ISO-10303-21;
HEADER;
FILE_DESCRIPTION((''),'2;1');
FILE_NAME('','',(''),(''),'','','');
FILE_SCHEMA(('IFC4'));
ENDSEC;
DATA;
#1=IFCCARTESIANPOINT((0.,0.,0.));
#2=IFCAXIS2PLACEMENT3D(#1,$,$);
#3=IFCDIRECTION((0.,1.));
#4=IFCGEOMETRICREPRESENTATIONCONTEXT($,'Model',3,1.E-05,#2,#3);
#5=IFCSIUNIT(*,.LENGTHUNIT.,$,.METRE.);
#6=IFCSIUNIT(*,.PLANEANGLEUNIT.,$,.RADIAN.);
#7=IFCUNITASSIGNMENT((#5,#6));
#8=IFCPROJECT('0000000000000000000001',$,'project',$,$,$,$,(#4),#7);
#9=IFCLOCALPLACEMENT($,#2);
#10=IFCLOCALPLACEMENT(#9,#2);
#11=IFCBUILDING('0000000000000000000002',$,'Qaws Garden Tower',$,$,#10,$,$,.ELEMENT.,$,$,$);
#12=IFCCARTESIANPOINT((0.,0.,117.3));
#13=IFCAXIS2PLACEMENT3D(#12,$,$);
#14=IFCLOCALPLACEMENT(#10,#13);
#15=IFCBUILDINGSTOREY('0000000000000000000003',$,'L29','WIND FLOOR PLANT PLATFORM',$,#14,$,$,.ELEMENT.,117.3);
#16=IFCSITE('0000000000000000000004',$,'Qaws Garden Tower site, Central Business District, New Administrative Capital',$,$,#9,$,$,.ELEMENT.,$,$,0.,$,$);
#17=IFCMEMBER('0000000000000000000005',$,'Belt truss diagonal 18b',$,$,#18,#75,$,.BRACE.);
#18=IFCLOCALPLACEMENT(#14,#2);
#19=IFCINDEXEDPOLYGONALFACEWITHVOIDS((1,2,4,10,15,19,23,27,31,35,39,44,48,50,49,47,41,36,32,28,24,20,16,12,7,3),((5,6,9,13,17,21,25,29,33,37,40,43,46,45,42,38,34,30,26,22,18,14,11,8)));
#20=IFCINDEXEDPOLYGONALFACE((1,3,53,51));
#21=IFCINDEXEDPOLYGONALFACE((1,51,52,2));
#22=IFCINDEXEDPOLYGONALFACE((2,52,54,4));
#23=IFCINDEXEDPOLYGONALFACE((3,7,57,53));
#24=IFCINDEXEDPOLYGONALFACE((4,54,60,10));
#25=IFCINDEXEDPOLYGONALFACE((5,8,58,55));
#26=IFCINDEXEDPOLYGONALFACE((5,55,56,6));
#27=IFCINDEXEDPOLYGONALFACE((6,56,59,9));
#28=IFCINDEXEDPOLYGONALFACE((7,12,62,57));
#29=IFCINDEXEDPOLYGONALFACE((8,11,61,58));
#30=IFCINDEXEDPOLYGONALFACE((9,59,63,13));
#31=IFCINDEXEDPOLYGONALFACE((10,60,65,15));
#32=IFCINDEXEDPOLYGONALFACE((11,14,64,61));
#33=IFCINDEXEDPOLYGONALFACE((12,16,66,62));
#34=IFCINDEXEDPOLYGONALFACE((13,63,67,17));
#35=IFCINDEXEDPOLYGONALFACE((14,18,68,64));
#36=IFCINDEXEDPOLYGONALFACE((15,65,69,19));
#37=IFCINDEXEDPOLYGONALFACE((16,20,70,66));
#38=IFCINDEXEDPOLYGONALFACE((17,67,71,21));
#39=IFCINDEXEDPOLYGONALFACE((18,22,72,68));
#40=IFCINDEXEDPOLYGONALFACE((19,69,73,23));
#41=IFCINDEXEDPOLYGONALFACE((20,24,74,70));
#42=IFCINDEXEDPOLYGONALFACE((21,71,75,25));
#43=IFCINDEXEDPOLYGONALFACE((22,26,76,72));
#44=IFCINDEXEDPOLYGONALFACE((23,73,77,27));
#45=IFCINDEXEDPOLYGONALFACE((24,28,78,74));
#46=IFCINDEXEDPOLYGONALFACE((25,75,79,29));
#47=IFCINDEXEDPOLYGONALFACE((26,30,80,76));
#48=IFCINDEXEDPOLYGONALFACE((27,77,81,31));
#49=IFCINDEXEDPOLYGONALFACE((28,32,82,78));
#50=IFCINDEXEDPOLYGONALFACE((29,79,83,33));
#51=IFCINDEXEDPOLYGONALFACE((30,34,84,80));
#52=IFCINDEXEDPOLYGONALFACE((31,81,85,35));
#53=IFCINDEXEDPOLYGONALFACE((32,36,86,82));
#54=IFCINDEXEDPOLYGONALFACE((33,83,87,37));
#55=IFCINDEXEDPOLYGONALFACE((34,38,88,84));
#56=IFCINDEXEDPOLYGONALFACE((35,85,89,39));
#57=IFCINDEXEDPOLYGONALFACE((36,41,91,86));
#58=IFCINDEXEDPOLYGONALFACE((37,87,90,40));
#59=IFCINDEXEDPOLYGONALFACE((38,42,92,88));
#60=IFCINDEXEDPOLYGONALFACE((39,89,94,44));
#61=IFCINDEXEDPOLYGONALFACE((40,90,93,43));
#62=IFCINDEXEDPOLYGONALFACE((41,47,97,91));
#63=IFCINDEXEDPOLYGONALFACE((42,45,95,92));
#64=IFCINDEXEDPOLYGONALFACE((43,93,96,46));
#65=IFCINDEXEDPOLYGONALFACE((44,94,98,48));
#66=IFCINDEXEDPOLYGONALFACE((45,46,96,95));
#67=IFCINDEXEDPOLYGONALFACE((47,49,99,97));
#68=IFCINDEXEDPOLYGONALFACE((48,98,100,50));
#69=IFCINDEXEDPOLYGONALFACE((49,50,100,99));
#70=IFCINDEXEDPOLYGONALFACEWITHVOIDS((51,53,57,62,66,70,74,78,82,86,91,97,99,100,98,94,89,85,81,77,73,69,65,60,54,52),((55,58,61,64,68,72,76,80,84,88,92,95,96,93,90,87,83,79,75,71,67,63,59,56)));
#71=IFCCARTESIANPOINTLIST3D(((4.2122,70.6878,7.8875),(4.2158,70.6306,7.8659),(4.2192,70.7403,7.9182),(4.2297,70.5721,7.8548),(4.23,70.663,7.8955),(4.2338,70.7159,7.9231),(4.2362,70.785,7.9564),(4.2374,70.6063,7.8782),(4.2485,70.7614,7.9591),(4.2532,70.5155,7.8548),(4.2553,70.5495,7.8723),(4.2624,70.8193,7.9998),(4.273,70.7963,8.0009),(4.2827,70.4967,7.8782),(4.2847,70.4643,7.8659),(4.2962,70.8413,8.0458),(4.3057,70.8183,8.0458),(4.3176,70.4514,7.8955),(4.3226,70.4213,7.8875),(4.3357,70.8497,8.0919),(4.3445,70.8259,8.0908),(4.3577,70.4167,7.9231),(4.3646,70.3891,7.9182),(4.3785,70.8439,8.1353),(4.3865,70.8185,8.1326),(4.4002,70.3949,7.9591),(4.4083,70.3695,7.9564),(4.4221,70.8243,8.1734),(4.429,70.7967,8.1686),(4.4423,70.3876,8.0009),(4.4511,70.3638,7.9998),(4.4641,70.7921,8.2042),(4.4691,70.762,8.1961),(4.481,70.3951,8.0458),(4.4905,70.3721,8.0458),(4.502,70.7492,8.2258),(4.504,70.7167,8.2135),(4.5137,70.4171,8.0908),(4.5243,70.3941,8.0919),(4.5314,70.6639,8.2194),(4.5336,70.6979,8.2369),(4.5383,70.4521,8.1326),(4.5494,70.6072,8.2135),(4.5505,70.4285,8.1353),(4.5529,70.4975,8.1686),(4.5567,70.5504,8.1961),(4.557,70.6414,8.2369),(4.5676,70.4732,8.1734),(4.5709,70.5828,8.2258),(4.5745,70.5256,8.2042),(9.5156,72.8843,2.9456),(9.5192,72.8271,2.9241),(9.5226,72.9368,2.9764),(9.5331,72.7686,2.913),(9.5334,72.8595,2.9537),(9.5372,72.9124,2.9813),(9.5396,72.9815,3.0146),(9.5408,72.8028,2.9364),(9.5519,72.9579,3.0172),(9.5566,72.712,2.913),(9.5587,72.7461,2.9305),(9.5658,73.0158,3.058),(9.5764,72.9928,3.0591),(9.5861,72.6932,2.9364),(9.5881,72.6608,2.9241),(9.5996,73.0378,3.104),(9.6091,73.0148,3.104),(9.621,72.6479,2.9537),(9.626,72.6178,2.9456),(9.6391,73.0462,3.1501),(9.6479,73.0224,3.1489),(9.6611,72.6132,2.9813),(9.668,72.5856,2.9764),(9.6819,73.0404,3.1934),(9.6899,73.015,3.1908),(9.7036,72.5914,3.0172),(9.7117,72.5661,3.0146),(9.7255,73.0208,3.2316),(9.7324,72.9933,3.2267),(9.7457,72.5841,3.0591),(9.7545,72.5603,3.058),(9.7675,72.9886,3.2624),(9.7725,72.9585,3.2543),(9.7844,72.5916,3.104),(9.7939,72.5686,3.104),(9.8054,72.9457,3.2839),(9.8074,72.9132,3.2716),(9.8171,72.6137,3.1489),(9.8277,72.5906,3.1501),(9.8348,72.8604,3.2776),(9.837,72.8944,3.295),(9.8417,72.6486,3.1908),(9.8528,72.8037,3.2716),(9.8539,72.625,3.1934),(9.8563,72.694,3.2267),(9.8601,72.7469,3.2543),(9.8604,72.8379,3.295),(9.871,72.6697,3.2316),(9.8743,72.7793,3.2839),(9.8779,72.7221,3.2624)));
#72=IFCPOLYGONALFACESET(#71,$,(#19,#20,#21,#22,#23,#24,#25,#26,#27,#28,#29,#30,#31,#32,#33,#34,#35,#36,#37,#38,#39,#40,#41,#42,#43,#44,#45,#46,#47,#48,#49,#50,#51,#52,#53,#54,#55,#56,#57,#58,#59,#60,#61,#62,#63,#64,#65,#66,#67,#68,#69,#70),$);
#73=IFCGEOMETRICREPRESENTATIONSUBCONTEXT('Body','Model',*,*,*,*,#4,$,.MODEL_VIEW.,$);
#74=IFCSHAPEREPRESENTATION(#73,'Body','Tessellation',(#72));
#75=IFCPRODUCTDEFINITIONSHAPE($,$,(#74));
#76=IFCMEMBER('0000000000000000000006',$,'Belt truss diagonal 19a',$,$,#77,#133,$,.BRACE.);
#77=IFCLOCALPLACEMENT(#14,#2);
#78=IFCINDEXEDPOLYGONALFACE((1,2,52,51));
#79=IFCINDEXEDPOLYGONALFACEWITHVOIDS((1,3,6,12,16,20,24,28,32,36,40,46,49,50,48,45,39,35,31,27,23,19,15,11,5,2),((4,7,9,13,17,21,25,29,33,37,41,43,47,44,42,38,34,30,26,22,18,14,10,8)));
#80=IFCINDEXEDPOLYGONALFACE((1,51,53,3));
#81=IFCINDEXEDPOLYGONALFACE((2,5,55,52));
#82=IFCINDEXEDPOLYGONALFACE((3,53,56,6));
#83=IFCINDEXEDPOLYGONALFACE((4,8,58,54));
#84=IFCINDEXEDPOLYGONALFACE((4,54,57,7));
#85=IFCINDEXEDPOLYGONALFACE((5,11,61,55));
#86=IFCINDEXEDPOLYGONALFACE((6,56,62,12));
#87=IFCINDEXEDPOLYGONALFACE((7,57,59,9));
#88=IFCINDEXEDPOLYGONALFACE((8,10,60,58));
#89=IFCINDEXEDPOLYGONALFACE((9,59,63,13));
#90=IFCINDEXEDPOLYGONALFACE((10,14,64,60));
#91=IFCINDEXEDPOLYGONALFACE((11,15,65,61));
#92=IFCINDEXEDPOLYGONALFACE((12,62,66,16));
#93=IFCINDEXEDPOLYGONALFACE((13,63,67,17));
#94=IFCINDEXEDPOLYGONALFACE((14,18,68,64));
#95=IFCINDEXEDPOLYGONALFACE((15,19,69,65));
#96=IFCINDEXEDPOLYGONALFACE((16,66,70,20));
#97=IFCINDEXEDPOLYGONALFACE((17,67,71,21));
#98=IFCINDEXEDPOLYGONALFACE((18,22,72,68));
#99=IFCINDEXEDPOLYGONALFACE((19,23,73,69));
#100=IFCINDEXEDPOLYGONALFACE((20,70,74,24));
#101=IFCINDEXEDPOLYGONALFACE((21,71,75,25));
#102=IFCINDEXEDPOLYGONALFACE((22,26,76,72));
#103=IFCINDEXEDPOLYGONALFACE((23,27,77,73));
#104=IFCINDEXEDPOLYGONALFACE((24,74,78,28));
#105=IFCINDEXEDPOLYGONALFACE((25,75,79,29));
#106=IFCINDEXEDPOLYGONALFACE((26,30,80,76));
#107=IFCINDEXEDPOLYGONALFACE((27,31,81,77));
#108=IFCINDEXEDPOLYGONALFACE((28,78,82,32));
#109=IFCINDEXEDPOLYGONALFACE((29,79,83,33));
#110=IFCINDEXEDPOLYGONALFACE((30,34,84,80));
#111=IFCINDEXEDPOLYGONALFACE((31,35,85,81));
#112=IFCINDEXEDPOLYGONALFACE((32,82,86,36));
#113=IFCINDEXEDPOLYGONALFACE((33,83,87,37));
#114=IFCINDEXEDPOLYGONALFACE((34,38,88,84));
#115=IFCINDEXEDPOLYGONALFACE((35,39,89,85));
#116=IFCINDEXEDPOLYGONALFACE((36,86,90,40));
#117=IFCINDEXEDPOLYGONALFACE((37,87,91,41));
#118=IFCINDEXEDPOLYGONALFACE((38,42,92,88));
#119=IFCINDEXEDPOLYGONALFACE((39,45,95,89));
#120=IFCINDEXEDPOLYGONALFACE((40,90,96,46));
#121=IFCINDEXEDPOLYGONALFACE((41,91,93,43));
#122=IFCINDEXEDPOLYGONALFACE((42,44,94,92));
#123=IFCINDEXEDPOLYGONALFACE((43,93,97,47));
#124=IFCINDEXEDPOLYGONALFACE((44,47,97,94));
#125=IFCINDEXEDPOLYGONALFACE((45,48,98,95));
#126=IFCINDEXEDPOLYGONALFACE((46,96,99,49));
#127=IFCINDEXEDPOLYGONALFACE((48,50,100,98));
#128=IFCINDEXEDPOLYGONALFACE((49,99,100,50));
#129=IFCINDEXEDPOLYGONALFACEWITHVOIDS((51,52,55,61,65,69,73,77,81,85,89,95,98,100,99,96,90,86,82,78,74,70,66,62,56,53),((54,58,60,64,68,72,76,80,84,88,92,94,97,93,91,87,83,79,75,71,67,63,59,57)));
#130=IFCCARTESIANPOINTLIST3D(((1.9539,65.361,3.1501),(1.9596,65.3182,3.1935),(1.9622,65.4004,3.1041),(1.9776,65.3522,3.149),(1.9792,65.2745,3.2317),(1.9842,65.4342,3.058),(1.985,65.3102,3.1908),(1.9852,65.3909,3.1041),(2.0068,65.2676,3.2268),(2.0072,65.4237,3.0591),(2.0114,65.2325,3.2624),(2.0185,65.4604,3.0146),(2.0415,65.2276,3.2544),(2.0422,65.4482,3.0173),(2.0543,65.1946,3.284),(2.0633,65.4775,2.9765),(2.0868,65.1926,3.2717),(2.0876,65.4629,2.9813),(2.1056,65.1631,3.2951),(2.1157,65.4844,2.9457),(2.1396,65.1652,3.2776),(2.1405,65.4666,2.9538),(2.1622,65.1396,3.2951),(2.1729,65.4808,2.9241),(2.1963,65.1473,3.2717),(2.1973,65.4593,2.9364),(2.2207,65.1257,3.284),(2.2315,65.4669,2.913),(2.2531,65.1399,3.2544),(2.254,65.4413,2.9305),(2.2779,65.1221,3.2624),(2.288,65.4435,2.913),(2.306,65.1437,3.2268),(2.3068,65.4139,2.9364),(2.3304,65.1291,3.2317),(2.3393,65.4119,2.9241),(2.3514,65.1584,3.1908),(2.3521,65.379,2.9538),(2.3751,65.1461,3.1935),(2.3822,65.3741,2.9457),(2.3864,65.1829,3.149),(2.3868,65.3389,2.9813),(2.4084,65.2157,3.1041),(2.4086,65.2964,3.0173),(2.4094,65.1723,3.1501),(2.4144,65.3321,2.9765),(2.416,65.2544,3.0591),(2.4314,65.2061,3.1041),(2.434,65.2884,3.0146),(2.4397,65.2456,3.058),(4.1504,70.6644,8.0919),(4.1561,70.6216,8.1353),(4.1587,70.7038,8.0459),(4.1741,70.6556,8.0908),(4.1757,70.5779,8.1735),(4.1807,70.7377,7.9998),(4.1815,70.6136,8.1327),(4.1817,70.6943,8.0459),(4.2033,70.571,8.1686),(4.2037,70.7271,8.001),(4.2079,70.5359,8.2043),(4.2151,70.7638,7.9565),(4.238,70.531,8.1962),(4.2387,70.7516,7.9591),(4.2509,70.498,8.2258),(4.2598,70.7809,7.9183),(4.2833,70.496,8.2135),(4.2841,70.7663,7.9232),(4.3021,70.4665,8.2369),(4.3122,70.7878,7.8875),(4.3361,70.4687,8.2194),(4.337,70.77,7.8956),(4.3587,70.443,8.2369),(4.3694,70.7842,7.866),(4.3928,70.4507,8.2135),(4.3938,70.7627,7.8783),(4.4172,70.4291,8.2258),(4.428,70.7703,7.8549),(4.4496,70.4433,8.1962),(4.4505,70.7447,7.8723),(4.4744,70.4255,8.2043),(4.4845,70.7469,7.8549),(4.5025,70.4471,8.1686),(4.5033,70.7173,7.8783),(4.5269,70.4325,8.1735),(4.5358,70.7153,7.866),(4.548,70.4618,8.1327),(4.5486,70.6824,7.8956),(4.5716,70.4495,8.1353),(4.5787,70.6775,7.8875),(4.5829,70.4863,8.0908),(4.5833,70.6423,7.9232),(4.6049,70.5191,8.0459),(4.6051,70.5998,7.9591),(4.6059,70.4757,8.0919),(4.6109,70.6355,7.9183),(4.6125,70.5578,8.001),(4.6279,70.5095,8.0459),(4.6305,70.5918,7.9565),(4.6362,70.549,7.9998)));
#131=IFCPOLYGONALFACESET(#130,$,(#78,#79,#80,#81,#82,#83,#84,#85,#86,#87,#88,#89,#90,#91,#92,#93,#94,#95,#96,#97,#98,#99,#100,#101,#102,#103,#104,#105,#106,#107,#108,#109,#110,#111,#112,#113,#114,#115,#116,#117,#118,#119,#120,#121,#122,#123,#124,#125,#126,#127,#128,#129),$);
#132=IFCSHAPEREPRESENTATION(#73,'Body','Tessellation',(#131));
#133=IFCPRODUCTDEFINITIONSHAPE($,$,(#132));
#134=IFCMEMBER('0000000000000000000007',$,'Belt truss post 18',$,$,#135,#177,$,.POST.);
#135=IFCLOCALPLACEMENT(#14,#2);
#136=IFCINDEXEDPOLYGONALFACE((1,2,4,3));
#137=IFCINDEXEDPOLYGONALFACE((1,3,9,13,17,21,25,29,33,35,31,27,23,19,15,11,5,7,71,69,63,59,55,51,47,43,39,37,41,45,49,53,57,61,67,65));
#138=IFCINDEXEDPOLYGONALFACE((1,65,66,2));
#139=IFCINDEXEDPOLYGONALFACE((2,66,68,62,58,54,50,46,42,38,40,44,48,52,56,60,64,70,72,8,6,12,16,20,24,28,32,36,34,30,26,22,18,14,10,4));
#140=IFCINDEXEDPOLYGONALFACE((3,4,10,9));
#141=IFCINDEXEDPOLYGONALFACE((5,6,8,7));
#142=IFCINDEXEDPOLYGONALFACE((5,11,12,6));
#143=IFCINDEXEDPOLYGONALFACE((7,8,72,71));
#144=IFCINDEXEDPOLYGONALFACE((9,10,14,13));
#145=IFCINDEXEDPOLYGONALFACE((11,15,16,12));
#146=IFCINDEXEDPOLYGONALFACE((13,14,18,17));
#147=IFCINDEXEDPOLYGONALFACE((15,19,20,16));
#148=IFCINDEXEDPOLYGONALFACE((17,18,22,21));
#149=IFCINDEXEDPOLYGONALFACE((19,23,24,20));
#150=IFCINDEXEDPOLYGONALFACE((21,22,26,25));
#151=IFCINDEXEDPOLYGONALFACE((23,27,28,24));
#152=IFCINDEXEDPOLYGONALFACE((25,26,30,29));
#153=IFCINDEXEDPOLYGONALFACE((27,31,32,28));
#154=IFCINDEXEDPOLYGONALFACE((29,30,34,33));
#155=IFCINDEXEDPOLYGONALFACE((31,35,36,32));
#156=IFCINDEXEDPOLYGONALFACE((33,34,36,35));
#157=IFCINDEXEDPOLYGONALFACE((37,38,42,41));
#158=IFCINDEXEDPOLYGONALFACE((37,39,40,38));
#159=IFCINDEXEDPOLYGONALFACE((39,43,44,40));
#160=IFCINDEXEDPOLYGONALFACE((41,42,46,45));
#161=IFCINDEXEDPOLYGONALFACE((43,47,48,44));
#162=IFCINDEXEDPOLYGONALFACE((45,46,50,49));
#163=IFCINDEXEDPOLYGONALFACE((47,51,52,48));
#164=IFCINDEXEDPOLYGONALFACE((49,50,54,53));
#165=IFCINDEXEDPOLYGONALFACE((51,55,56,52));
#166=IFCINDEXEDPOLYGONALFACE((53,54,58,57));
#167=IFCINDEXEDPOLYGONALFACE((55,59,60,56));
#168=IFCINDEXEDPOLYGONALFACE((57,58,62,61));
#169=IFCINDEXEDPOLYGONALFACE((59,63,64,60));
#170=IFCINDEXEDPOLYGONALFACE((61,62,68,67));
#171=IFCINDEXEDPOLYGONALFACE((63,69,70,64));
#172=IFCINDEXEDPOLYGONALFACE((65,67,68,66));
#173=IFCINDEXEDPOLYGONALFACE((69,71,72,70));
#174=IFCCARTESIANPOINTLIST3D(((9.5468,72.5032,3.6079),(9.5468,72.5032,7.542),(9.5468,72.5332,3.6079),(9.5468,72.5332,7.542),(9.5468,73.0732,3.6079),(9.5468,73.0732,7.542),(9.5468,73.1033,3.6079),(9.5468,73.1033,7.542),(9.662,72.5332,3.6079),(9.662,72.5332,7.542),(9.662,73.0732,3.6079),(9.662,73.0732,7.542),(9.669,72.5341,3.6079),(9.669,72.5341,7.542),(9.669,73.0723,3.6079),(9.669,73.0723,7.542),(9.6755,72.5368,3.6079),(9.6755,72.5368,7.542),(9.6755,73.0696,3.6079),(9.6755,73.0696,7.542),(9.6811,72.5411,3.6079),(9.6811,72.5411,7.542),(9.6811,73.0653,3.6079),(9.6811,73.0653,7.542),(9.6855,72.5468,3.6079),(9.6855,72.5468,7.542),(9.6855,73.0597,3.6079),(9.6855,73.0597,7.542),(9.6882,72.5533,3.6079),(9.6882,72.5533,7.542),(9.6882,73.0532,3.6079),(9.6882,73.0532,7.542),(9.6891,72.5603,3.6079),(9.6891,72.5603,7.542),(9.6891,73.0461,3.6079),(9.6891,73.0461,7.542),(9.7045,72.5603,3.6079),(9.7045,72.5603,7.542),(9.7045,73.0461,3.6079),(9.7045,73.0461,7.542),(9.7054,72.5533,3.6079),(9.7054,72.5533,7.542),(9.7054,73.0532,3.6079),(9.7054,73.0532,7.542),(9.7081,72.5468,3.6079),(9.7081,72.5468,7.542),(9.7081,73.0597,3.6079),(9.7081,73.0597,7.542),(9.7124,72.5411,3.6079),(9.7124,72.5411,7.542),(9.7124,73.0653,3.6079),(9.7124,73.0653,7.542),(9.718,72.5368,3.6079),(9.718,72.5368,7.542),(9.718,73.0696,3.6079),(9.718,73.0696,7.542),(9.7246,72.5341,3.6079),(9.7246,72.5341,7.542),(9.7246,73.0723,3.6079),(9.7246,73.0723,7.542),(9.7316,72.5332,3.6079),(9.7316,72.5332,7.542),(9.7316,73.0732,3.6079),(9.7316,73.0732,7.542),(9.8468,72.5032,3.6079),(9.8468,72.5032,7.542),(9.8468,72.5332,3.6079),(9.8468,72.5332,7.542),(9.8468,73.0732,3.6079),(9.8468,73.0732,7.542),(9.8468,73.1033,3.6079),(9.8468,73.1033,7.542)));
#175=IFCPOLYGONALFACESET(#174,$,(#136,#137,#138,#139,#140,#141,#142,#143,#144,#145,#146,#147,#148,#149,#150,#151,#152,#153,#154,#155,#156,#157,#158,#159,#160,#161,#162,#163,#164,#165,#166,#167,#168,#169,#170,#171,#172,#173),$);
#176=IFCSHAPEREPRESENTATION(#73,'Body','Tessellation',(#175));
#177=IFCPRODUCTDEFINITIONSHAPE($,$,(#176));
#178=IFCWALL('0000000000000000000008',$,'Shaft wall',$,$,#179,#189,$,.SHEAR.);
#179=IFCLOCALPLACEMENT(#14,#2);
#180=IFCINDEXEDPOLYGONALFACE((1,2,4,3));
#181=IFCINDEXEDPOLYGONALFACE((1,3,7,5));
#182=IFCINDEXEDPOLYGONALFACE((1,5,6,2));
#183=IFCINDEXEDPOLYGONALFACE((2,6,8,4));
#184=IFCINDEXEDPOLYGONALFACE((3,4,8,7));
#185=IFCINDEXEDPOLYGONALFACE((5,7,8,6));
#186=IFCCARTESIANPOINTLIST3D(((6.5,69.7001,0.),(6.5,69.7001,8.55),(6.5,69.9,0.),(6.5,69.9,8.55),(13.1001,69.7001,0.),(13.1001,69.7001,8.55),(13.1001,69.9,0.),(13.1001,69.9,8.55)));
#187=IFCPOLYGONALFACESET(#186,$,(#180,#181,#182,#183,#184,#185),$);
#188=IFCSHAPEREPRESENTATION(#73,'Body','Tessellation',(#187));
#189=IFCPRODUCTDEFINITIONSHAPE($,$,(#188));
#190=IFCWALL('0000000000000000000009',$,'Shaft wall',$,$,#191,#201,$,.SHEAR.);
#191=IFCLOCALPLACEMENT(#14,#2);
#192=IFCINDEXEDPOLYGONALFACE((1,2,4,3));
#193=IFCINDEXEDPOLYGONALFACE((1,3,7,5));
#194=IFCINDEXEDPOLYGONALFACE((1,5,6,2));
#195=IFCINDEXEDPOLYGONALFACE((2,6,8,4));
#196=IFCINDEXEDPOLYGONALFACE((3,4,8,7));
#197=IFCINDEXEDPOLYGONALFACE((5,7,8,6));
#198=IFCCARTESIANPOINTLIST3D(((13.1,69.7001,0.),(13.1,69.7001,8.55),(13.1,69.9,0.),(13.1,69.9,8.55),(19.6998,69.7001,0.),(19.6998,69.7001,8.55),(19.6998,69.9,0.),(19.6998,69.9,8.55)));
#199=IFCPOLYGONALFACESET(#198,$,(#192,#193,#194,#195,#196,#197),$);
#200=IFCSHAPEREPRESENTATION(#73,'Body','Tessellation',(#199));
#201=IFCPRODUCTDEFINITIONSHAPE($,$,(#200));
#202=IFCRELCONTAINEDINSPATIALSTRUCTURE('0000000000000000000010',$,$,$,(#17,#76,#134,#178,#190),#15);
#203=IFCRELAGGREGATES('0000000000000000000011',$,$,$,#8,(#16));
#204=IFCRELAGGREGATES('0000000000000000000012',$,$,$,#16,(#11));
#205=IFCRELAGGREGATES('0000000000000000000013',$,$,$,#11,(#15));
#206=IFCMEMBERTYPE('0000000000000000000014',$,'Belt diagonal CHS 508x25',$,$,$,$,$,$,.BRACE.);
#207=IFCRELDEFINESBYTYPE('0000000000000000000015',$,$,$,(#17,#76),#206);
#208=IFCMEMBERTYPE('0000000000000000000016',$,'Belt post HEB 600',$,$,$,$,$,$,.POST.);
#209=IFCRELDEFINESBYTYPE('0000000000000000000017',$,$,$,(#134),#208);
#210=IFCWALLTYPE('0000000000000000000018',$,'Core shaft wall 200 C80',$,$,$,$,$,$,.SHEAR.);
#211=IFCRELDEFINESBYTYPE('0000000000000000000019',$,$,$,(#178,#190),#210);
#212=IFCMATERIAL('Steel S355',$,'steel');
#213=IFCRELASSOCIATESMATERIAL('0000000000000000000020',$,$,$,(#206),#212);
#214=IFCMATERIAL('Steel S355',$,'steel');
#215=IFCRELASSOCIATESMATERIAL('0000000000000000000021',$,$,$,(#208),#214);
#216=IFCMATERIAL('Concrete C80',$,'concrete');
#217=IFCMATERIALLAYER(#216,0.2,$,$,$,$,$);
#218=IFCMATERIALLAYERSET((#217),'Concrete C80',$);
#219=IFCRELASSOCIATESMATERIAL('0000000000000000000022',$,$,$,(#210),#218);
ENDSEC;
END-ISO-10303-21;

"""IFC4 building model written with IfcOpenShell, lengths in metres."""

from ifc_helpers import new_model, si_unit, direction, frame, frame_2d, origin, origin_2d, place, context, subcontext, project, spatial, rectangle, hollow_circle, i_section, extrude, material, layer, layer_set, material_profile, profile_set, type_object, element, save


model = new_model("IFC4")

# Units and contexts
model_context = context("Model", 3, precision=1e-05, world=origin(), true_north=direction((0.0, 1.0)))
body_context = subcontext(model_context, "Body", "Model", "MODEL_VIEW")
ifc_project = project(units=[si_unit("LENGTHUNIT", "METRE"), si_unit("PLANEANGLEUNIT", "RADIAN")], contexts=[model_context])

# Site, building, storey
site_placement = place(None, origin())
site = spatial("IfcSite", under=ifc_project, at=site_placement, Name="Qaws Garden Tower site, Central Business District, New Administrative Capital", CompositionType="ELEMENT", RefElevation=0.0)
building_placement = place(site_placement, origin())
building = spatial("IfcBuilding", under=site, at=building_placement, Name="Qaws Garden Tower", CompositionType="ELEMENT")
storey_placement = place(building_placement, frame((0.0, 0.0, 117.3)))
storey = spatial("IfcBuildingStorey", under=building, at=storey_placement, Name="L29", Description="WIND FLOOR PLANT PLATFORM", CompositionType="ELEMENT", Elevation=117.3)

# Members
ifc_material_1 = material(Name="Steel S355", Category="steel")
ifc_material_profile_1 = material_profile(ifc_material_1, hollow_circle(Radius=0.2539, WallThickness=0.0249, at=origin_2d()), Name="CHS 508x25")
ifc_profile_set_1 = profile_set([ifc_material_profile_1], Name="Steel S355")
member_type_1 = type_object("IfcMemberType", Name="Belt diagonal CHS 508x25", PredefinedType="BRACE", material=ifc_profile_set_1)
for number, where, z_axis, x_axis, name in (
    (1, (9.6968, 72.8032, 3.104), (-0.700169, -0.289989, 0.652434), (0.382649, -0.923894, 0.0), "Belt truss diagonal 18b"),
    (2, (4.3933, 70.6067, 8.0459), (-0.289989, -0.700169, -0.652434), (0.923894, -0.382649, 0.0), "Belt truss diagonal 19a"),
):
    element("IfcMember", number, at=place(storey_placement, frame(where, z_axis=z_axis, x_axis=x_axis)), inside=storey, type_object=member_type_1, Name=name, PredefinedType="BRACE", context=body_context, shape_type="SweptSolid", body=[
        extrude(hollow_circle(Radius=0.2539, WallThickness=0.0249, at=origin_2d()), origin(), (0.0, 0.0, 1.0), 7.5745),
    ])
ifc_material_2 = material(Name="Steel S355", Category="steel")
ifc_material_profile_2 = material_profile(ifc_material_2, i_section(OverallWidth=0.3, OverallDepth=0.6001, WebThickness=0.0154, FlangeThickness=0.03, FilletRadius=0.0271, at=origin_2d()), Name="HEB 600")
ifc_profile_set_2 = profile_set([ifc_material_profile_2], Name="Steel S355")
member_type_2 = type_object("IfcMemberType", Name="Belt post HEB 600", PredefinedType="POST", material=ifc_profile_set_2)
placement_1 = place(storey_placement, frame((9.6968, 72.8032, 3.6079), z_axis=(0.0, 0.0, 1.0), x_axis=(1.0, 0.0, 0.0)))
element("IfcMember", 3, at=placement_1, inside=storey, type_object=member_type_2, Name="Belt truss post 18", PredefinedType="POST", context=body_context, shape_type="SweptSolid", body=[
    extrude(i_section(OverallWidth=0.3, OverallDepth=0.6001, WebThickness=0.0154, FlangeThickness=0.03, FilletRadius=0.0271, at=origin_2d()), origin(), (0.0, 0.0, 1.0), 3.9341),
])

# Walls
ifc_material_3 = material(Name="Concrete C80", Category="concrete")
ifc_layer = layer(ifc_material_3, 0.2)
ifc_layer_set = layer_set([ifc_layer], Name="Concrete C80")
wall_type = type_object("IfcWallType", Name="Core shaft wall 200 C80", PredefinedType="SHEAR", material=ifc_layer_set)
wall_1_placement = place(storey_placement, frame((6.5, 69.8, 0.0), z_axis=(0.0, 0.0, 1.0), x_axis=(1.0, 0.0, 0.0)))
element("IfcWall", 4, at=wall_1_placement, inside=storey, type_object=wall_type, Name="Shaft wall", PredefinedType="SHEAR", context=body_context, shape_type="SweptSolid", body=[
    extrude(rectangle(XDim=6.6001, YDim=0.2, at=frame_2d((3.3, 0.0))), origin(), (0.0, 0.0, 1.0), 8.55),
])
wall_2_placement = place(storey_placement, frame((13.1001, 69.8, 0.0), z_axis=(0.0, 0.0, 1.0), x_axis=(1.0, 0.0, 0.0)))
element("IfcWall", 5, at=wall_2_placement, inside=storey, type_object=wall_type, Name="Shaft wall", PredefinedType="SHEAR", context=body_context, shape_type="SweptSolid", body=[
    extrude(rectangle(XDim=6.5999, YDim=0.2, at=frame_2d((3.2998, 0.0))), origin(), (0.0, 0.0, 1.0), 8.55),
])

save(model, "model.ifc")
